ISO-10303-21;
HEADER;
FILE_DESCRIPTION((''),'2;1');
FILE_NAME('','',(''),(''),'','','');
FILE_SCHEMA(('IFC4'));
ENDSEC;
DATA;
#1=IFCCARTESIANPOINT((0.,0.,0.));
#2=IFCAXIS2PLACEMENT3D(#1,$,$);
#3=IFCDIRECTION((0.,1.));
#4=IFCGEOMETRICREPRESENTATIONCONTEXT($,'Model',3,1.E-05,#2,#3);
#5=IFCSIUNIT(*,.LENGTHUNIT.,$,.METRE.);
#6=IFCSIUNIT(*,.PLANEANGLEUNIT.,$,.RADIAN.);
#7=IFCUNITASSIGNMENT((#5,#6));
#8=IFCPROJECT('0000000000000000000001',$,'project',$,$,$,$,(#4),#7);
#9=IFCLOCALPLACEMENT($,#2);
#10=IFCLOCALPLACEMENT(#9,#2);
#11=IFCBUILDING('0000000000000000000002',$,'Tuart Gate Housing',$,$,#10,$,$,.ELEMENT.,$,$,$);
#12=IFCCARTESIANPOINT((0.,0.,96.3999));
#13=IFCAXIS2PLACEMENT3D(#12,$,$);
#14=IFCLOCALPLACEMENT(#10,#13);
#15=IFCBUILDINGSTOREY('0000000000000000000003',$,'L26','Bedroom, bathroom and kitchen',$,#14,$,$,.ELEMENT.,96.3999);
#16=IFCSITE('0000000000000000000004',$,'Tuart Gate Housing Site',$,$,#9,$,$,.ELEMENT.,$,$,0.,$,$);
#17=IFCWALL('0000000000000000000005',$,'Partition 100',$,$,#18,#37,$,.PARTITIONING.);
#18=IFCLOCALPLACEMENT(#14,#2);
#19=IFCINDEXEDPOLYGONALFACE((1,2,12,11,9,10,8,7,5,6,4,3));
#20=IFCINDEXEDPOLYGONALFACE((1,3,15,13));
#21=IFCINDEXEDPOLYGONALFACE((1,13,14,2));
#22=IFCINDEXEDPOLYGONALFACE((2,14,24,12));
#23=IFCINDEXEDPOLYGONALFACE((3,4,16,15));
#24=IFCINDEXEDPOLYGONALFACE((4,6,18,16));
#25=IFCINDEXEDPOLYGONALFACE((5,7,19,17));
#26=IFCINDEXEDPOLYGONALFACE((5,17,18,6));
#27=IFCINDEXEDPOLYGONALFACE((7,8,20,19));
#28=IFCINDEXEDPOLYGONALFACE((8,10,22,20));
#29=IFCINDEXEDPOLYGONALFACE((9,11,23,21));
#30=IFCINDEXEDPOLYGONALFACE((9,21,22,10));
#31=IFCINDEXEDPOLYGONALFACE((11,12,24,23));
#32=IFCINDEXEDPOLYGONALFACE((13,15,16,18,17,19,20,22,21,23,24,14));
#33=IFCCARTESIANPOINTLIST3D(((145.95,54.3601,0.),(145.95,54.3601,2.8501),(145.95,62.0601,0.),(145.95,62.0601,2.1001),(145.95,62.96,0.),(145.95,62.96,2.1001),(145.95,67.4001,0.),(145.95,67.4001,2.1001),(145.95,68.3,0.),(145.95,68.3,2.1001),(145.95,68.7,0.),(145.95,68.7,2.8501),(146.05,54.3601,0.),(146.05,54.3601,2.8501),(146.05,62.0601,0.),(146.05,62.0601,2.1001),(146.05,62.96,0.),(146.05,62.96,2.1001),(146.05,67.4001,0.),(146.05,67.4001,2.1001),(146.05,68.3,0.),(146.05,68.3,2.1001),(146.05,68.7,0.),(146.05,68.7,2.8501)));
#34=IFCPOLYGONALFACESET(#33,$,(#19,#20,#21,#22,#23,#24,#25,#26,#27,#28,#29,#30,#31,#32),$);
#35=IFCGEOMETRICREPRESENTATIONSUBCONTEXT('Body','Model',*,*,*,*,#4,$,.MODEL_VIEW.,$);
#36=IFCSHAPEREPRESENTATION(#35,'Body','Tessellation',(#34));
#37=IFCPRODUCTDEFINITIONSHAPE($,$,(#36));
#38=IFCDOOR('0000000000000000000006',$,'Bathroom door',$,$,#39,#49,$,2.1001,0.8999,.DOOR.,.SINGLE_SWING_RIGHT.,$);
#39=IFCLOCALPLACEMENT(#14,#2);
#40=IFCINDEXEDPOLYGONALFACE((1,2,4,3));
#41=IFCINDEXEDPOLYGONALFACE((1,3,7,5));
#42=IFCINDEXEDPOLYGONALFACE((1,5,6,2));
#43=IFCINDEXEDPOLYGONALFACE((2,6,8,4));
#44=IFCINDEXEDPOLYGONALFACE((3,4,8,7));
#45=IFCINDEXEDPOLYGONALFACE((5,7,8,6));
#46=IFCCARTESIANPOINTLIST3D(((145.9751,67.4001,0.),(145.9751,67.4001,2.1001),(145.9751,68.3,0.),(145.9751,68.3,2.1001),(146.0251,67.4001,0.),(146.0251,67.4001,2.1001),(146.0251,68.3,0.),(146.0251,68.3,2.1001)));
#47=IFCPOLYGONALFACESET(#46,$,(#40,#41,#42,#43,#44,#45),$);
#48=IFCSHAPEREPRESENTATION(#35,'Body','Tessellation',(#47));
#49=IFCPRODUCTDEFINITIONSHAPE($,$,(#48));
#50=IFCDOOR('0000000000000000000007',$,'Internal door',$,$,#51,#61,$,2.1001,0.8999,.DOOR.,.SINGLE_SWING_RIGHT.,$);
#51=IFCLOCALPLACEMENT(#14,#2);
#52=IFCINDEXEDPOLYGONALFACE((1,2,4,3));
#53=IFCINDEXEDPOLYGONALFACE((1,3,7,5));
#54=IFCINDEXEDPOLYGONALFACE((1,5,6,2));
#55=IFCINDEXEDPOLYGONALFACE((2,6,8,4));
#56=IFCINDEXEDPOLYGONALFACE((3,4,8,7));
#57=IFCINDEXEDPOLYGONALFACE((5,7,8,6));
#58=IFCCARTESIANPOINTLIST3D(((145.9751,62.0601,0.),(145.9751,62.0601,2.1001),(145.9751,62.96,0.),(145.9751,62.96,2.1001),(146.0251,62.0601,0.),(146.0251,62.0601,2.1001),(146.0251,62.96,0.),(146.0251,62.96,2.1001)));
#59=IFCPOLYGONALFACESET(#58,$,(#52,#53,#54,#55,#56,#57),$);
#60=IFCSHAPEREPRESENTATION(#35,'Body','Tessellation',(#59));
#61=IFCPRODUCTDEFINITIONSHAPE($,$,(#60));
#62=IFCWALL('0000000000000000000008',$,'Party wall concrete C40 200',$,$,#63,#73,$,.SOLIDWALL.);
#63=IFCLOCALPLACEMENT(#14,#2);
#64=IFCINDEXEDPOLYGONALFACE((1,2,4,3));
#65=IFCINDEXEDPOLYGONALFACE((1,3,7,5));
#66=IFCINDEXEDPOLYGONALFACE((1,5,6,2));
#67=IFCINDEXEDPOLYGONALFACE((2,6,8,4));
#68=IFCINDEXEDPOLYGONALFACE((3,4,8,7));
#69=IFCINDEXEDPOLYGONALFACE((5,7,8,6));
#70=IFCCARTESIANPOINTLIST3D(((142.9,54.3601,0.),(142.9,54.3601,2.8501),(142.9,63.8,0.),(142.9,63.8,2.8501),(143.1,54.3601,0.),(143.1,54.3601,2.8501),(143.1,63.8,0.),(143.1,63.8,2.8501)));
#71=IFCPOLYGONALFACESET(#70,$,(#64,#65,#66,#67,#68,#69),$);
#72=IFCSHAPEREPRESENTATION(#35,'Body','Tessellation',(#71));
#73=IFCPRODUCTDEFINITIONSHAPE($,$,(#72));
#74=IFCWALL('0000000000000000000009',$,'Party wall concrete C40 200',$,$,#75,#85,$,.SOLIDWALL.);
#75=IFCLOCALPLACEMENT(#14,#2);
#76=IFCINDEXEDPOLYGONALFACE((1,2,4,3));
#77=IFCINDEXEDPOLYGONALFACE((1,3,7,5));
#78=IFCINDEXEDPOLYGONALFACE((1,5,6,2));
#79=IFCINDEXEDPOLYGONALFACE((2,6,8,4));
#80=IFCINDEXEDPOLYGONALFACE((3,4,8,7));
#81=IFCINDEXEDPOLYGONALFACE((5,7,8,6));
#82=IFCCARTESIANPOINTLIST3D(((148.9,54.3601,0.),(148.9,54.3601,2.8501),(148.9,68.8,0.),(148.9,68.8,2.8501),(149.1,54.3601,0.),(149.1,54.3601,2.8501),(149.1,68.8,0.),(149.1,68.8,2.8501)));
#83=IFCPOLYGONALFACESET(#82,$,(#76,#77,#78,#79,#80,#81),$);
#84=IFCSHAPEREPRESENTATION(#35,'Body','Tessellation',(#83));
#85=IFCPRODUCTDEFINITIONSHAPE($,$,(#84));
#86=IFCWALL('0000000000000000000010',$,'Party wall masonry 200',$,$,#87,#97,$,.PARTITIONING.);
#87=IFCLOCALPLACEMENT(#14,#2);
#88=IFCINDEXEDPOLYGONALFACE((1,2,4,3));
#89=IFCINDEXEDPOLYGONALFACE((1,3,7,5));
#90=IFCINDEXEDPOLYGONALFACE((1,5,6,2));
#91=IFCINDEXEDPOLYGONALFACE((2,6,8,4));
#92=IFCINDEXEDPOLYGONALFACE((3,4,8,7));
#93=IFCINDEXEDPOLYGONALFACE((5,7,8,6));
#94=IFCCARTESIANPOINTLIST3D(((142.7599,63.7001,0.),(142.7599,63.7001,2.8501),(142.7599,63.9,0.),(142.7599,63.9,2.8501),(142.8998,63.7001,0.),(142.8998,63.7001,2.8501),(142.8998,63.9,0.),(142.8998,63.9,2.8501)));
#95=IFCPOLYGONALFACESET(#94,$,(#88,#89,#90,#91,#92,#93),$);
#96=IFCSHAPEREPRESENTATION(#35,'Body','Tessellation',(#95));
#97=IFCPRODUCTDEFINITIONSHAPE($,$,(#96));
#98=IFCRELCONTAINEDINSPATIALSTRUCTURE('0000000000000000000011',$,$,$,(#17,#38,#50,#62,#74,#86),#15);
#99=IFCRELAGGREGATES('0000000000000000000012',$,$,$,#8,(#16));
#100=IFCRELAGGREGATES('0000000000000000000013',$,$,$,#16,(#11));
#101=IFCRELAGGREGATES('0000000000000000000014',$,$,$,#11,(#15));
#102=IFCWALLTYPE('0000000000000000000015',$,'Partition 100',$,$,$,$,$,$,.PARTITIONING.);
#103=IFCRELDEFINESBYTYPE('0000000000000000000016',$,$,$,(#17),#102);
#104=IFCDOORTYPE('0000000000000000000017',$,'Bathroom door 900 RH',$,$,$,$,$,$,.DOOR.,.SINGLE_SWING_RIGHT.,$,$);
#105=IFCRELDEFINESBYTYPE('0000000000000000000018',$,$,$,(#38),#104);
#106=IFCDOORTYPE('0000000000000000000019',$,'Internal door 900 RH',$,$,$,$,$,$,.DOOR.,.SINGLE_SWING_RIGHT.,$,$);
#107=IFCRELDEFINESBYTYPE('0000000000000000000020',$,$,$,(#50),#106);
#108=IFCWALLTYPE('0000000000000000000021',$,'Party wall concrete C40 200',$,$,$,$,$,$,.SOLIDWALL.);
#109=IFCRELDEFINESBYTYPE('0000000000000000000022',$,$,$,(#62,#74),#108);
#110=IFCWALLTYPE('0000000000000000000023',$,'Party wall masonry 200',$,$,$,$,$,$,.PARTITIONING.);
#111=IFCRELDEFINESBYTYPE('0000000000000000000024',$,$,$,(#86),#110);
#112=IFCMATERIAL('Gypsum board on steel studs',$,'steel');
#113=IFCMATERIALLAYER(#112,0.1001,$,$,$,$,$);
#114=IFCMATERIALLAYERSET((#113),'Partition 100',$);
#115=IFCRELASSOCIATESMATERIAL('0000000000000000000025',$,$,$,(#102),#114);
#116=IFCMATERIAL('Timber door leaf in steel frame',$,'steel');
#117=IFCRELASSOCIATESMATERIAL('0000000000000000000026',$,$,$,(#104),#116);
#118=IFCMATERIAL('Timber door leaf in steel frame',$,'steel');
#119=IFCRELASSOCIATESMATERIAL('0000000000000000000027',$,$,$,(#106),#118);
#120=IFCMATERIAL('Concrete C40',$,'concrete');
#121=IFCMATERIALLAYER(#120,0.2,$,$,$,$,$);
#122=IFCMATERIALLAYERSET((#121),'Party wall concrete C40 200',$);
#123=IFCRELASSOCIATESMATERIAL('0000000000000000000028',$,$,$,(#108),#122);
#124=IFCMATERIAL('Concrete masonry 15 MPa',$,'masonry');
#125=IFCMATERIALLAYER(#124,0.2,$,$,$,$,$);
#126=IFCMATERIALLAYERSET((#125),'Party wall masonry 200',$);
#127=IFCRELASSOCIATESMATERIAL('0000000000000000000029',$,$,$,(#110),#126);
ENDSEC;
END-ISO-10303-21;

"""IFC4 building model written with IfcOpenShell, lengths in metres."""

from ifc_helpers import new_model, si_unit, direction, frame, frame_2d, origin, place, context, subcontext, project, spatial, rectangle, extrude, material, layer, layer_set, type_object, element, fill, save


model = new_model("IFC4")

# Units and contexts
model_context = context("Model", 3, precision=1e-05, world=origin(), true_north=direction((0.0, 1.0)))
body_context = subcontext(model_context, "Body", "Model", "MODEL_VIEW")
ifc_project = project(units=[si_unit("LENGTHUNIT", "METRE"), si_unit("PLANEANGLEUNIT", "RADIAN")], contexts=[model_context])

# Site, building, storey
site_placement = place(None, origin())
site = spatial("IfcSite", under=ifc_project, at=site_placement, Name="Tuart Gate Housing Site", CompositionType="ELEMENT", RefElevation=0.0)
building_placement = place(site_placement, origin())
building = spatial("IfcBuilding", under=site, at=building_placement, Name="Tuart Gate Housing", CompositionType="ELEMENT")
storey_placement = place(building_placement, frame((0.0, 0.0, 96.3999)))
storey = spatial("IfcBuildingStorey", under=building, at=storey_placement, Name="L26", Description="Bedroom, bathroom and kitchen", CompositionType="ELEMENT", Elevation=96.3999)

# Shared definitions
ifc_material_1 = material(Name="Gypsum board on steel studs", Category="steel")
ifc_layer_1 = layer(ifc_material_1, 0.1001)
ifc_layer_set_1 = layer_set([ifc_layer_1], Name="Partition 100")
wall_type_1 = type_object("IfcWallType", Name="Partition 100", PredefinedType="PARTITIONING", material=ifc_layer_set_1)

# Wall, openings, doors
wall_1_placement = place(storey_placement, frame((146.0, 54.3601, 0.0), z_axis=(0.0, 0.0, 1.0), x_axis=(0.0, 1.0, 0.0)))
wall_1 = element("IfcWall", 1, at=wall_1_placement, inside=storey, type_object=wall_type_1, Name="Partition 100", PredefinedType="PARTITIONING", context=body_context, shape_type="SweptSolid", body=[
    extrude(rectangle(XDim=14.3398, YDim=0.1001, at=frame_2d((7.1699, 0.0))), origin(), (0.0, 0.0, 1.0), 2.8501),
])
opening_1_placement = place(wall_1_placement, frame((7.7, 0.0, 0.0)))
opening_1 = element("IfcOpeningElement", 2, at=opening_1_placement, cuts=wall_1, PredefinedType="OPENING", context=body_context, shape_type="SweptSolid", body=[
    extrude(rectangle(XDim=0.8999, YDim=2.1001, at=frame_2d((0.45, 1.05))), frame((0.0, 0.0601, 0.0), z_axis=(0.0, -1.0, 0.0), x_axis=(1.0, 0.0, 0.0)), (0.0, 0.0, 1.0), 0.1201),
])
opening_2_placement = place(wall_1_placement, frame((13.04, 0.0, 0.0)))
opening_2 = element("IfcOpeningElement", 3, at=opening_2_placement, cuts=wall_1, PredefinedType="OPENING", context=body_context, shape_type="SweptSolid", body=[
    extrude(rectangle(XDim=0.8999, YDim=2.1001, at=frame_2d((0.45, 1.05))), frame((0.0, 0.0601, 0.0), z_axis=(0.0, -1.0, 0.0), x_axis=(1.0, 0.0, 0.0)), (0.0, 0.0, 1.0), 0.1201),
])
ifc_material_2 = material(Name="Timber door leaf in steel frame", Category="steel")
door_type_1 = type_object("IfcDoorType", Name="Bathroom door 900 RH", OperationType="SINGLE_SWING_RIGHT", PredefinedType="DOOR", material=ifc_material_2)
door_1_placement = place(opening_2_placement, origin())
door_1 = element("IfcDoor", 4, at=door_1_placement, inside=storey, type_object=door_type_1, Name="Bathroom door", OperationType="SINGLE_SWING_RIGHT", OverallHeight=2.1001, OverallWidth=0.8999, PredefinedType="DOOR", context=body_context, shape_type="SweptSolid", body=[
    extrude(rectangle(XDim=0.8999, YDim=2.1001, at=frame_2d((0.45, 1.05))), frame((0.0, 0.0249, 0.0), z_axis=(0.0, -1.0, 0.0), x_axis=(1.0, 0.0, 0.0)), (0.0, 0.0, 1.0), 0.05),
])
fill(opening_2, door_1)
ifc_material_3 = material(Name="Timber door leaf in steel frame", Category="steel")
door_type_2 = type_object("IfcDoorType", Name="Internal door 900 RH", OperationType="SINGLE_SWING_RIGHT", PredefinedType="DOOR", material=ifc_material_3)
door_2_placement = place(opening_1_placement, origin())
door_2 = element("IfcDoor", 5, at=door_2_placement, inside=storey, type_object=door_type_2, Name="Internal door", OperationType="SINGLE_SWING_RIGHT", OverallHeight=2.1001, OverallWidth=0.8999, PredefinedType="DOOR", context=body_context, shape_type="SweptSolid", body=[
    extrude(rectangle(XDim=0.8999, YDim=2.1001, at=frame_2d((0.45, 1.05))), frame((0.0, 0.0249, 0.0), z_axis=(0.0, -1.0, 0.0), x_axis=(1.0, 0.0, 0.0)), (0.0, 0.0, 1.0), 0.05),
])
fill(opening_1, door_2)

# Walls
ifc_material_4 = material(Name="Concrete C40", Category="concrete")
ifc_layer_2 = layer(ifc_material_4, 0.2)
ifc_layer_set_2 = layer_set([ifc_layer_2], Name="Party wall concrete C40 200")
wall_type_2 = type_object("IfcWallType", Name="Party wall concrete C40 200", PredefinedType="SOLIDWALL", material=ifc_layer_set_2)
wall_2_placement = place(storey_placement, frame((143.0, 54.3601, 0.0), z_axis=(0.0, 0.0, 1.0), x_axis=(0.0, 1.0, 0.0)))
element("IfcWall", 6, at=wall_2_placement, inside=storey, type_object=wall_type_2, Name="Party wall concrete C40 200", PredefinedType="SOLIDWALL", context=body_context, shape_type="SweptSolid", body=[
    extrude(rectangle(XDim=9.4399, YDim=0.2, at=frame_2d((4.72, 0.0))), origin(), (0.0, 0.0, 1.0), 2.8501),
])
wall_3_placement = place(storey_placement, frame((149.0, 54.3601, 0.0), z_axis=(0.0, 0.0, 1.0), x_axis=(0.0, 1.0, 0.0)))
element("IfcWall", 7, at=wall_3_placement, inside=storey, type_object=wall_type_2, Name="Party wall concrete C40 200", PredefinedType="SOLIDWALL", context=body_context, shape_type="SweptSolid", body=[
    extrude(rectangle(XDim=14.4399, YDim=0.2, at=frame_2d((7.22, 0.0))), origin(), (0.0, 0.0, 1.0), 2.8501),
])
ifc_material_5 = material(Name="Concrete masonry 15 MPa", Category="masonry")
ifc_layer_3 = layer(ifc_material_5, 0.2)
ifc_layer_set_3 = layer_set([ifc_layer_3], Name="Party wall masonry 200")
wall_type_3 = type_object("IfcWallType", Name="Party wall masonry 200", PredefinedType="PARTITIONING", material=ifc_layer_set_3)
wall_4_placement = place(storey_placement, frame((142.76, 63.8, 0.0), z_axis=(0.0, 0.0, 1.0), x_axis=(1.0, 0.0, 0.0)))
element("IfcWall", 8, at=wall_4_placement, inside=storey, type_object=wall_type_3, Name="Party wall masonry 200", PredefinedType="PARTITIONING", context=body_context, shape_type="SweptSolid", body=[
    extrude(rectangle(XDim=0.1399, YDim=0.2, at=frame_2d((0.0698, 0.0))), origin(), (0.0, 0.0, 1.0), 2.8501),
])

save(model, "model.ifc")
